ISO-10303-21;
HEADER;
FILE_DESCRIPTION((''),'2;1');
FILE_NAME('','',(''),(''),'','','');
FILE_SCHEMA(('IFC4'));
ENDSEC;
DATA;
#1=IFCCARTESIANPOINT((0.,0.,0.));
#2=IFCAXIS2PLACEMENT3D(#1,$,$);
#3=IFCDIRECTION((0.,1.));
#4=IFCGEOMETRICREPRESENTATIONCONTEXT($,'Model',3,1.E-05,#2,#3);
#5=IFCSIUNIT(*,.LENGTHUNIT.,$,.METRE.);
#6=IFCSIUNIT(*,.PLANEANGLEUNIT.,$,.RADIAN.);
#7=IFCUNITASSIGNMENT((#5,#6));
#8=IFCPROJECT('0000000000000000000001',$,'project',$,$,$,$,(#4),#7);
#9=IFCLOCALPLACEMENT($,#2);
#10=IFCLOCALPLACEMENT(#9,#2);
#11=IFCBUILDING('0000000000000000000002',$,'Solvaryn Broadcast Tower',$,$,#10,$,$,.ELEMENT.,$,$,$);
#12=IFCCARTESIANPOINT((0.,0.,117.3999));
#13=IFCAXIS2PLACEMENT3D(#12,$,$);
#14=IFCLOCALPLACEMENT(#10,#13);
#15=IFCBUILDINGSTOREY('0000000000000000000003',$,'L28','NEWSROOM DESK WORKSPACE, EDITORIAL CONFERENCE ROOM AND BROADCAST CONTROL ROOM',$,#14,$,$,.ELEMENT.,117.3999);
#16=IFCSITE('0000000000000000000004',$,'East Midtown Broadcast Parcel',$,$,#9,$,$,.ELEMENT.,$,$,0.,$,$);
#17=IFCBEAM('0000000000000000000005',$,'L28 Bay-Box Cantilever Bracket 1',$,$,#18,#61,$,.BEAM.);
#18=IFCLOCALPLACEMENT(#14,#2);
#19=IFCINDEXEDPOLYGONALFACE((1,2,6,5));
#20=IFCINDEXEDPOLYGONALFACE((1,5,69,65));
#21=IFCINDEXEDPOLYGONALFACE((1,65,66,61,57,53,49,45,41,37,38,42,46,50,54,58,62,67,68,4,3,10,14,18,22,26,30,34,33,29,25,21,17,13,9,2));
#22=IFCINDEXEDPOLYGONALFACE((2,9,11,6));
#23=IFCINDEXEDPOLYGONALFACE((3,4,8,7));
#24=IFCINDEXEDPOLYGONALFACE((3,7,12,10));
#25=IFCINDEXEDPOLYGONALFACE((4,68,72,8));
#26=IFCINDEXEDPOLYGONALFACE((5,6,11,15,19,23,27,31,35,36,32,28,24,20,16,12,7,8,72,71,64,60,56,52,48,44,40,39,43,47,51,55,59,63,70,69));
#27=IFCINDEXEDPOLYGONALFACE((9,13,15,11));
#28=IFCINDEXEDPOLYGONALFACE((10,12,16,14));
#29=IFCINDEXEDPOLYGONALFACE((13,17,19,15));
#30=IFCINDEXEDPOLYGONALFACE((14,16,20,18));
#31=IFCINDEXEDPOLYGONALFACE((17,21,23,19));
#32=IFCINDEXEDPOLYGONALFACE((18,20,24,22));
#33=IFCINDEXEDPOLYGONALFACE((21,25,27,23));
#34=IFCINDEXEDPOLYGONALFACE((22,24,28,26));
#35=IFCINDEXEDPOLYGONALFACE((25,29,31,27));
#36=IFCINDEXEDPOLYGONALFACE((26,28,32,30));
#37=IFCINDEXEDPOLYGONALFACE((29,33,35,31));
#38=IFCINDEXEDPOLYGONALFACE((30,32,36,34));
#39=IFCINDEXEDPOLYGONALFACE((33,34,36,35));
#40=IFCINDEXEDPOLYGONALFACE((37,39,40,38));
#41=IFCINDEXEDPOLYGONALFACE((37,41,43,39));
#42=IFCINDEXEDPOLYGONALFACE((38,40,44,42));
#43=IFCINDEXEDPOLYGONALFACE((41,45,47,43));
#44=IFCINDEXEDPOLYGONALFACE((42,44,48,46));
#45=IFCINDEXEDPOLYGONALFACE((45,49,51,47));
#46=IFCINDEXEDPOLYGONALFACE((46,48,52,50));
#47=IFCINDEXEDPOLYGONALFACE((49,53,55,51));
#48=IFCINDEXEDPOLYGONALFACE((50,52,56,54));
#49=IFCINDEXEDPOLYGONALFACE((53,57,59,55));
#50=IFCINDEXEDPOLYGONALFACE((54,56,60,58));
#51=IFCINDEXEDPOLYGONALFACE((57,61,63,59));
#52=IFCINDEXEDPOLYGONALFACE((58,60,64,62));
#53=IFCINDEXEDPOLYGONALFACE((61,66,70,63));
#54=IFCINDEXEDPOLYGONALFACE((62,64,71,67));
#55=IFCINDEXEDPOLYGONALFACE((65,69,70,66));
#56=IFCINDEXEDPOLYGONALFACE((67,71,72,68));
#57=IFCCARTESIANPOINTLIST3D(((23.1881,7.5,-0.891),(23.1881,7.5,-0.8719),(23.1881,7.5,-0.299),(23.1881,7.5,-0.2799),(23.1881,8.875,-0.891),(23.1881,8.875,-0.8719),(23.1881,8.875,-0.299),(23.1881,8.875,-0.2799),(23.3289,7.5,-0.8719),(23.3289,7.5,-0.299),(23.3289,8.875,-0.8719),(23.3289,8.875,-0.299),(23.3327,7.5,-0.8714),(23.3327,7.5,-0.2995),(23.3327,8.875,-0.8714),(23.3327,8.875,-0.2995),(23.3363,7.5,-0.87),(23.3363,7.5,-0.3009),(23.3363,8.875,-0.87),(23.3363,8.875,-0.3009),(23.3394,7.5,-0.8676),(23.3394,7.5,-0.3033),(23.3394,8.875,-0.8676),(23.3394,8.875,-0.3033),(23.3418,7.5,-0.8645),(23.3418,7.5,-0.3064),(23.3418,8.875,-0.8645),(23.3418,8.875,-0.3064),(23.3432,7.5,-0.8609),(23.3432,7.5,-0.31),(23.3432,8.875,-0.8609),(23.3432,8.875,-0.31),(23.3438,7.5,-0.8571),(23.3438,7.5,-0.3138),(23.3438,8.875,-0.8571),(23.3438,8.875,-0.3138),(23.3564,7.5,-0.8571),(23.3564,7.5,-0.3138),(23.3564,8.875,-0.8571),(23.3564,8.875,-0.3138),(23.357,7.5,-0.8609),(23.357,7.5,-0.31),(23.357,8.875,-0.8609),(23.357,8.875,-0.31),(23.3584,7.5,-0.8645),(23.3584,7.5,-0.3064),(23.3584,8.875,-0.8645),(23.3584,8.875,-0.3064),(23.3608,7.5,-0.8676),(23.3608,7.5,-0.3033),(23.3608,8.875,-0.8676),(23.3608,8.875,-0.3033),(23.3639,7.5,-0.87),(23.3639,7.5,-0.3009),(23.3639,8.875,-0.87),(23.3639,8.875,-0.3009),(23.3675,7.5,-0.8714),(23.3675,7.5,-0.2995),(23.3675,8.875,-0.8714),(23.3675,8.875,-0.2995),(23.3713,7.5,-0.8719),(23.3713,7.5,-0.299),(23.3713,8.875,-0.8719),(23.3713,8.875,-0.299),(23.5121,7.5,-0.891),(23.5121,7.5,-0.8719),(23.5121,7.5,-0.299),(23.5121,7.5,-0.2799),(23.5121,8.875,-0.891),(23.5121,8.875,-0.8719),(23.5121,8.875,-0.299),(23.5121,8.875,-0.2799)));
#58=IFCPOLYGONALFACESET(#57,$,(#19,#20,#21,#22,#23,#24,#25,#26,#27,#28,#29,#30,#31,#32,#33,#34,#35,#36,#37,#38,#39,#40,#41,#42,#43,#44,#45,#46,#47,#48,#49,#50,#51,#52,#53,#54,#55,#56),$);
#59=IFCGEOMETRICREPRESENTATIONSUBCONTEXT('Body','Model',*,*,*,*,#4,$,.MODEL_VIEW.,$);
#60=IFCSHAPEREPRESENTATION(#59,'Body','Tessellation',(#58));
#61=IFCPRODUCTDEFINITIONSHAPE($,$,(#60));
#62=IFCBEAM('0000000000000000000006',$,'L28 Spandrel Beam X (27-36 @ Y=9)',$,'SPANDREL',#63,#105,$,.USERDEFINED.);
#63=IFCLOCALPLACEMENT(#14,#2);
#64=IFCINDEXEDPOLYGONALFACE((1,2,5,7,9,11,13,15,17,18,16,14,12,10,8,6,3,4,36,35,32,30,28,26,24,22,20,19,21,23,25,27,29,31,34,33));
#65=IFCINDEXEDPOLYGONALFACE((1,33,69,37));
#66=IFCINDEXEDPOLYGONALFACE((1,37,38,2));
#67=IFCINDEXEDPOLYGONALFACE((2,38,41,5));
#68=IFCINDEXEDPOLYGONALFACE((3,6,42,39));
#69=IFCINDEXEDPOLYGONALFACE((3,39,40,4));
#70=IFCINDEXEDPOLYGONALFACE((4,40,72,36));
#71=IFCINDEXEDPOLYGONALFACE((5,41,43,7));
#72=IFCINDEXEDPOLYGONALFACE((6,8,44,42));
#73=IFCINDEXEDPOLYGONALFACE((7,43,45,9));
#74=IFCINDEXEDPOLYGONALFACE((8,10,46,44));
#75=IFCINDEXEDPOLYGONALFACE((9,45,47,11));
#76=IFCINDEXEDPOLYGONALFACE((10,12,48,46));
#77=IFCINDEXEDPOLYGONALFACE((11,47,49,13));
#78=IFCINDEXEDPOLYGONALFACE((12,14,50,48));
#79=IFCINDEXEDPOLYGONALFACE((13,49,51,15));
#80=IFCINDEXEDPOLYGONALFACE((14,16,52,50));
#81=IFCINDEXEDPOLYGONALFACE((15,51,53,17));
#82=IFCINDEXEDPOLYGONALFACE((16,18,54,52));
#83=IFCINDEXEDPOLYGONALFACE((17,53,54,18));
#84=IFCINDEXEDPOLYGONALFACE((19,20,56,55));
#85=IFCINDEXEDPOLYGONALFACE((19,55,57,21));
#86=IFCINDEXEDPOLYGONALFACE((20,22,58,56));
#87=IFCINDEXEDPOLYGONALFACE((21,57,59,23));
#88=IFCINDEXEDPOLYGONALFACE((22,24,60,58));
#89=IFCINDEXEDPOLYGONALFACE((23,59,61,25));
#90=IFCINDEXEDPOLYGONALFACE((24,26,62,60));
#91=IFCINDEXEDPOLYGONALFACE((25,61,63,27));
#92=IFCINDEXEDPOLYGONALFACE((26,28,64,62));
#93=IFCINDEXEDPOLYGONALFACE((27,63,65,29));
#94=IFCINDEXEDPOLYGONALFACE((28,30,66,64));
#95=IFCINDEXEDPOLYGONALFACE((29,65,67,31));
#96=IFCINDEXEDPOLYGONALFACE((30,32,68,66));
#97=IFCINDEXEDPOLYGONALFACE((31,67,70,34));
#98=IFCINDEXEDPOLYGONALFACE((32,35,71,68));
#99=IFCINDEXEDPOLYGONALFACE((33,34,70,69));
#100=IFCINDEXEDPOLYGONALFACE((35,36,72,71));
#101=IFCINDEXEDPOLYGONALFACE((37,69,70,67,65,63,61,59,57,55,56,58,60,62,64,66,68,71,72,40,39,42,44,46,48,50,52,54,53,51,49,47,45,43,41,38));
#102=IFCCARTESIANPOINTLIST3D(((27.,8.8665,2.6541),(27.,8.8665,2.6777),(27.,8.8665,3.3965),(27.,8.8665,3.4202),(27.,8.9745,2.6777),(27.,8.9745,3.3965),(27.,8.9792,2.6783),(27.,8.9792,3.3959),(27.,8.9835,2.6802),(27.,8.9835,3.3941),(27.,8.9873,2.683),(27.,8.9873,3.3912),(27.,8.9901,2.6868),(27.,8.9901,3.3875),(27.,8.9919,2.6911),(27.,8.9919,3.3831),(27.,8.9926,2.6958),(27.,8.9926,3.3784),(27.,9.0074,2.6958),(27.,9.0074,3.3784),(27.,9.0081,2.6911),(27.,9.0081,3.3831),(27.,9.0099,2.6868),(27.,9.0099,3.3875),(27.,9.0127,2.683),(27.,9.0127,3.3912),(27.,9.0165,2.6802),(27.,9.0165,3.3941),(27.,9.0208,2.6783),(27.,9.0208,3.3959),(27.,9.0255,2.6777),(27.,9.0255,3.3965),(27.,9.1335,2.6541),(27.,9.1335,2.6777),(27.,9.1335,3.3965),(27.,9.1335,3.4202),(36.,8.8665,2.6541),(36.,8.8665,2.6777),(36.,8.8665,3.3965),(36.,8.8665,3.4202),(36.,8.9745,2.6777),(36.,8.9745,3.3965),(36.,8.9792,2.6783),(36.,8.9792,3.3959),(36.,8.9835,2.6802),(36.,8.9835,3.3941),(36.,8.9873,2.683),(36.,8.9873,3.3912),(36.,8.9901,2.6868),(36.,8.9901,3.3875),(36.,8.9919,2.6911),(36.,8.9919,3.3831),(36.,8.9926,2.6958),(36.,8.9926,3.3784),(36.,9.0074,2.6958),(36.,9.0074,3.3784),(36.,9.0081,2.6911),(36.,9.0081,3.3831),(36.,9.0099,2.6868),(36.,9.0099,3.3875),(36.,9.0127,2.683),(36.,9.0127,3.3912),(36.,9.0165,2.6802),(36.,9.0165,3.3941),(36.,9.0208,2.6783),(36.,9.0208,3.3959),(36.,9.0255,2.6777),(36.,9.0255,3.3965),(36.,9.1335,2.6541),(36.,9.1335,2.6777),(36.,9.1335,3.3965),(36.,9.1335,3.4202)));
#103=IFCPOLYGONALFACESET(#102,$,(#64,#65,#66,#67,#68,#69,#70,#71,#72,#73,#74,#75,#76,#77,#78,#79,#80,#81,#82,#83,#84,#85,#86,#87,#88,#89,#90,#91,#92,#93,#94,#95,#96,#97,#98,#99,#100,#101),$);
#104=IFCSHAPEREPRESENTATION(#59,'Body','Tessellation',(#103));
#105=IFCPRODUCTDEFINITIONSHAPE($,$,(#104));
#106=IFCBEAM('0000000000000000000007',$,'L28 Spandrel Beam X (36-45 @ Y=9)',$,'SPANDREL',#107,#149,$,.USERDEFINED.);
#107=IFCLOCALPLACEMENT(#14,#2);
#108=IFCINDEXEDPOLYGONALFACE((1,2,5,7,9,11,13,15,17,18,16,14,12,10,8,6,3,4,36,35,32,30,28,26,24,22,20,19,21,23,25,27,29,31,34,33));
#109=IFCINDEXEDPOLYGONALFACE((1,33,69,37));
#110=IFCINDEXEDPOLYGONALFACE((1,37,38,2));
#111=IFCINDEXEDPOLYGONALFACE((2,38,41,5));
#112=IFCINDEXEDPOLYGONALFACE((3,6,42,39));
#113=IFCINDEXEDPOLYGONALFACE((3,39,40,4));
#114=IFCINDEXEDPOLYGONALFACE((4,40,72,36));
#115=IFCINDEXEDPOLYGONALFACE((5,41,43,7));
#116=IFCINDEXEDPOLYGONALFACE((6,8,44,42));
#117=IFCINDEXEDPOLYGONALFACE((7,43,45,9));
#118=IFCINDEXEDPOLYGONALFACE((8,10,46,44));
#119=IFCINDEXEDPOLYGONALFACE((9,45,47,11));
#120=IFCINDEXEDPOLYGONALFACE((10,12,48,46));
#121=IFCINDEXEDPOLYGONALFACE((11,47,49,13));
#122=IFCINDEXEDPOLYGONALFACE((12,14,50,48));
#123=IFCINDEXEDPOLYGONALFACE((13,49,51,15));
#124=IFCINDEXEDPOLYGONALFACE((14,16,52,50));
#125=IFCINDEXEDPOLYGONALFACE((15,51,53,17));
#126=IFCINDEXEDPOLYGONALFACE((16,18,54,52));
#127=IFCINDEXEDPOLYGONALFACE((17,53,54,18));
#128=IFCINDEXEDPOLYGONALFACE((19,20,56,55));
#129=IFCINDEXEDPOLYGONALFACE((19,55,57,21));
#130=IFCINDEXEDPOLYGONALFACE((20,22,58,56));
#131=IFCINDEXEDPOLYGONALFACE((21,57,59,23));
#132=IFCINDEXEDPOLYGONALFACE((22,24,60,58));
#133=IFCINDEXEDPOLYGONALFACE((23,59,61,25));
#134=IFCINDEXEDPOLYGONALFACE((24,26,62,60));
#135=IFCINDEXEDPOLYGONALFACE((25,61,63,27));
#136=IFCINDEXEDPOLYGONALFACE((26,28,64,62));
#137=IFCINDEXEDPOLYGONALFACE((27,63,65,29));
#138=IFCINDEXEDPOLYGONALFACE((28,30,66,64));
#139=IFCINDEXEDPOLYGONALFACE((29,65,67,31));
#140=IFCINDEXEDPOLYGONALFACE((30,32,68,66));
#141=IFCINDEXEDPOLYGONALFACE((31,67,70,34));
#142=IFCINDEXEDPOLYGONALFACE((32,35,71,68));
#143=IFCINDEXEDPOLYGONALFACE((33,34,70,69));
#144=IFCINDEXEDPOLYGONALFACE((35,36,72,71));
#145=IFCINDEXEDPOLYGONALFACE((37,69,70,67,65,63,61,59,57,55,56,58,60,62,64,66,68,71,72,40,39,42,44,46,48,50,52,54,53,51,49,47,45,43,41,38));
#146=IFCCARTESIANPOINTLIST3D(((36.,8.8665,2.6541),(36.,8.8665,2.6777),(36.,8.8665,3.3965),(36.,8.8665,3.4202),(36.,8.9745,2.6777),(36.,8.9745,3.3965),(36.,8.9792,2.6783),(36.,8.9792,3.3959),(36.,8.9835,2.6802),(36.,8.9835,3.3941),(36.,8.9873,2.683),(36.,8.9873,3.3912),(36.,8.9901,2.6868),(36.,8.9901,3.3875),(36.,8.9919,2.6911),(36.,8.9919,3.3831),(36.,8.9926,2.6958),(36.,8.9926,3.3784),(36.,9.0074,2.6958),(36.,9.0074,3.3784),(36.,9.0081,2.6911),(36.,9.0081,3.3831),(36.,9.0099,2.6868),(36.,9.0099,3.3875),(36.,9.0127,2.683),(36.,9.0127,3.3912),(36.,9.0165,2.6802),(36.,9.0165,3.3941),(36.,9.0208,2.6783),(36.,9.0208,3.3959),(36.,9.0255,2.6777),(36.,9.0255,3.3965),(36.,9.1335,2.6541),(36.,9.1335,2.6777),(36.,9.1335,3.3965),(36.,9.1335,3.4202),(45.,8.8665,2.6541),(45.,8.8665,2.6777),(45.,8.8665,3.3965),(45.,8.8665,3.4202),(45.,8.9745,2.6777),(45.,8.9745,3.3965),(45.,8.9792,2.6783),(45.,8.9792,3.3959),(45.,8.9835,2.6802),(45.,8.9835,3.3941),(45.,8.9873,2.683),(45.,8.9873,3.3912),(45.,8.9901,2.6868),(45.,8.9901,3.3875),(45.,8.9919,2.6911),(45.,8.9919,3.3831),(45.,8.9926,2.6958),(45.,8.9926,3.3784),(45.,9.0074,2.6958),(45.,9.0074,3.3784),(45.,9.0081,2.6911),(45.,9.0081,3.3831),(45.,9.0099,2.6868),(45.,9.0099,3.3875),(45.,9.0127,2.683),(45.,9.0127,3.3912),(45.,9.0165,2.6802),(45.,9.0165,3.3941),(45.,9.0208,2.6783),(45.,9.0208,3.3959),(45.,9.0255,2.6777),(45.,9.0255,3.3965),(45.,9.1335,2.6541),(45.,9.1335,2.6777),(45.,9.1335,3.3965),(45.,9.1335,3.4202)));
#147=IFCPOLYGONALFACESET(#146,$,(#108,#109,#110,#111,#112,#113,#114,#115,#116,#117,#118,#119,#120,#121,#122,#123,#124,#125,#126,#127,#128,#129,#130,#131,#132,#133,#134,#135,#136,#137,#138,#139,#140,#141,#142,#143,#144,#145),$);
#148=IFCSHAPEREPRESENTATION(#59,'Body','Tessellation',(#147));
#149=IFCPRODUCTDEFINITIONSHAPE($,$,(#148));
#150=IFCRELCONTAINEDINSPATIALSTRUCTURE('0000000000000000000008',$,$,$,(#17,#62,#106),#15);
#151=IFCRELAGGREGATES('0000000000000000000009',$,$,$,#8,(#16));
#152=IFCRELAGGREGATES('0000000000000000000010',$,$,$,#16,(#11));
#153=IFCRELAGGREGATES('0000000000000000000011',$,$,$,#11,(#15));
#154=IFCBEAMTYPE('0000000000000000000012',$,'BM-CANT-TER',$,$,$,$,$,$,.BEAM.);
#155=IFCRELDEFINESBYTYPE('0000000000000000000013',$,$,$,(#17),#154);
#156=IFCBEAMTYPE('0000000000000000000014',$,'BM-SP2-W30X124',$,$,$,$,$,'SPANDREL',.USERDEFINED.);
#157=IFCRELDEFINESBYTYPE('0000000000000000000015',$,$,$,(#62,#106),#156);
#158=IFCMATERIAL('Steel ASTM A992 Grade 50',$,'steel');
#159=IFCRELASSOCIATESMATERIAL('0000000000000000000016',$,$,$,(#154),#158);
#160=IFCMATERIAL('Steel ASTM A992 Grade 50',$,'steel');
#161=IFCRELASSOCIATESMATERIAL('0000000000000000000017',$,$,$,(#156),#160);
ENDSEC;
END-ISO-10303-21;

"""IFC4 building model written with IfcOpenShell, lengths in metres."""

from ifc_helpers import new_model, si_unit, direction, frame, origin, origin_2d, place, context, subcontext, project, spatial, i_section, extrude, material, material_profile, profile_set, type_object, element, save


model = new_model("IFC4")

# Units and contexts
model_context = context("Model", 3, precision=1e-05, world=origin(), true_north=direction((0.0, 1.0)))
body_context = subcontext(model_context, "Body", "Model", "MODEL_VIEW")
ifc_project = project(units=[si_unit("LENGTHUNIT", "METRE"), si_unit("PLANEANGLEUNIT", "RADIAN")], contexts=[model_context])

# Site, building, storey
site_placement = place(None, origin())
site = spatial("IfcSite", under=ifc_project, at=site_placement, Name="East Midtown Broadcast Parcel", CompositionType="ELEMENT", RefElevation=0.0)
building_placement = place(site_placement, origin())
building = spatial("IfcBuilding", under=site, at=building_placement, Name="Solvaryn Broadcast Tower", CompositionType="ELEMENT")
storey_placement = place(building_placement, frame((0.0, 0.0, 117.3999)))
storey = spatial("IfcBuildingStorey", under=building, at=storey_placement, Name="L28", Description="NEWSROOM DESK WORKSPACE, EDITORIAL CONFERENCE ROOM AND BROADCAST CONTROL ROOM", CompositionType="ELEMENT", Elevation=117.3999)

# Beams
ifc_material_1 = material(Name="Steel ASTM A992 Grade 50", Category="steel")
ifc_material_profile_1 = material_profile(ifc_material_1, i_section(OverallWidth=0.324, OverallDepth=0.6111, WebThickness=0.0127, FlangeThickness=0.019, FilletRadius=0.0149, at=origin_2d()))
ifc_profile_set_1 = profile_set([ifc_material_profile_1], Name="Steel ASTM A992 Grade 50")
beam_type_1 = type_object("IfcBeamType", Name="BM-CANT-TER", PredefinedType="BEAM", material=ifc_profile_set_1)
beam_1_placement = place(storey_placement, frame((23.3501, 8.875, -0.5854), z_axis=(0.0, -1.0, 0.0), x_axis=(1.0, 0.0, 0.0)))
element("IfcBeam", 1, at=beam_1_placement, inside=storey, type_object=beam_type_1, Name="L28 Bay-Box Cantilever Bracket 1", PredefinedType="BEAM", context=body_context, shape_type="SweptSolid", body=[
    extrude(i_section(OverallWidth=0.324, OverallDepth=0.6111, WebThickness=0.0127, FlangeThickness=0.019, FilletRadius=0.0149, at=origin_2d()), origin(), (0.0, 0.0, 1.0), 1.375),
])
ifc_material_2 = material(Name="Steel ASTM A992 Grade 50", Category="steel")
ifc_material_profile_2 = material_profile(ifc_material_2, i_section(OverallWidth=0.2671, OverallDepth=0.7661, WebThickness=0.0149, FlangeThickness=0.0237, FilletRadius=0.0181, at=origin_2d()))
ifc_profile_set_2 = profile_set([ifc_material_profile_2], Name="Steel ASTM A992 Grade 50")
beam_type_2 = type_object("IfcBeamType", Name="BM-SP2-W30X124", ElementType="SPANDREL", PredefinedType="USERDEFINED", material=ifc_profile_set_2)
for number, where, z_axis, x_axis, name in (
    (2, (27.0, 9.0, 3.0371), (1.0, 0.0, 0.0), (0.0, 1.0, 0.0), "L28 Spandrel Beam X (27-36 @ Y=9)"),
    (3, (36.0, 9.0, 3.0371), (1.0, 0.0, 0.0), (0.0, 1.0, 0.0), "L28 Spandrel Beam X (36-45 @ Y=9)"),
):
    element("IfcBeam", number, at=place(storey_placement, frame(where, z_axis=z_axis, x_axis=x_axis)), inside=storey, type_object=beam_type_2, Name=name, ObjectType="SPANDREL", PredefinedType="USERDEFINED", context=body_context, shape_type="SweptSolid", body=[
        extrude(i_section(OverallWidth=0.2671, OverallDepth=0.7661, WebThickness=0.0149, FlangeThickness=0.0237, FilletRadius=0.0181, at=origin_2d()), origin(), (0.0, 0.0, 1.0), 9.0),
    ])

save(model, "model.ifc")
